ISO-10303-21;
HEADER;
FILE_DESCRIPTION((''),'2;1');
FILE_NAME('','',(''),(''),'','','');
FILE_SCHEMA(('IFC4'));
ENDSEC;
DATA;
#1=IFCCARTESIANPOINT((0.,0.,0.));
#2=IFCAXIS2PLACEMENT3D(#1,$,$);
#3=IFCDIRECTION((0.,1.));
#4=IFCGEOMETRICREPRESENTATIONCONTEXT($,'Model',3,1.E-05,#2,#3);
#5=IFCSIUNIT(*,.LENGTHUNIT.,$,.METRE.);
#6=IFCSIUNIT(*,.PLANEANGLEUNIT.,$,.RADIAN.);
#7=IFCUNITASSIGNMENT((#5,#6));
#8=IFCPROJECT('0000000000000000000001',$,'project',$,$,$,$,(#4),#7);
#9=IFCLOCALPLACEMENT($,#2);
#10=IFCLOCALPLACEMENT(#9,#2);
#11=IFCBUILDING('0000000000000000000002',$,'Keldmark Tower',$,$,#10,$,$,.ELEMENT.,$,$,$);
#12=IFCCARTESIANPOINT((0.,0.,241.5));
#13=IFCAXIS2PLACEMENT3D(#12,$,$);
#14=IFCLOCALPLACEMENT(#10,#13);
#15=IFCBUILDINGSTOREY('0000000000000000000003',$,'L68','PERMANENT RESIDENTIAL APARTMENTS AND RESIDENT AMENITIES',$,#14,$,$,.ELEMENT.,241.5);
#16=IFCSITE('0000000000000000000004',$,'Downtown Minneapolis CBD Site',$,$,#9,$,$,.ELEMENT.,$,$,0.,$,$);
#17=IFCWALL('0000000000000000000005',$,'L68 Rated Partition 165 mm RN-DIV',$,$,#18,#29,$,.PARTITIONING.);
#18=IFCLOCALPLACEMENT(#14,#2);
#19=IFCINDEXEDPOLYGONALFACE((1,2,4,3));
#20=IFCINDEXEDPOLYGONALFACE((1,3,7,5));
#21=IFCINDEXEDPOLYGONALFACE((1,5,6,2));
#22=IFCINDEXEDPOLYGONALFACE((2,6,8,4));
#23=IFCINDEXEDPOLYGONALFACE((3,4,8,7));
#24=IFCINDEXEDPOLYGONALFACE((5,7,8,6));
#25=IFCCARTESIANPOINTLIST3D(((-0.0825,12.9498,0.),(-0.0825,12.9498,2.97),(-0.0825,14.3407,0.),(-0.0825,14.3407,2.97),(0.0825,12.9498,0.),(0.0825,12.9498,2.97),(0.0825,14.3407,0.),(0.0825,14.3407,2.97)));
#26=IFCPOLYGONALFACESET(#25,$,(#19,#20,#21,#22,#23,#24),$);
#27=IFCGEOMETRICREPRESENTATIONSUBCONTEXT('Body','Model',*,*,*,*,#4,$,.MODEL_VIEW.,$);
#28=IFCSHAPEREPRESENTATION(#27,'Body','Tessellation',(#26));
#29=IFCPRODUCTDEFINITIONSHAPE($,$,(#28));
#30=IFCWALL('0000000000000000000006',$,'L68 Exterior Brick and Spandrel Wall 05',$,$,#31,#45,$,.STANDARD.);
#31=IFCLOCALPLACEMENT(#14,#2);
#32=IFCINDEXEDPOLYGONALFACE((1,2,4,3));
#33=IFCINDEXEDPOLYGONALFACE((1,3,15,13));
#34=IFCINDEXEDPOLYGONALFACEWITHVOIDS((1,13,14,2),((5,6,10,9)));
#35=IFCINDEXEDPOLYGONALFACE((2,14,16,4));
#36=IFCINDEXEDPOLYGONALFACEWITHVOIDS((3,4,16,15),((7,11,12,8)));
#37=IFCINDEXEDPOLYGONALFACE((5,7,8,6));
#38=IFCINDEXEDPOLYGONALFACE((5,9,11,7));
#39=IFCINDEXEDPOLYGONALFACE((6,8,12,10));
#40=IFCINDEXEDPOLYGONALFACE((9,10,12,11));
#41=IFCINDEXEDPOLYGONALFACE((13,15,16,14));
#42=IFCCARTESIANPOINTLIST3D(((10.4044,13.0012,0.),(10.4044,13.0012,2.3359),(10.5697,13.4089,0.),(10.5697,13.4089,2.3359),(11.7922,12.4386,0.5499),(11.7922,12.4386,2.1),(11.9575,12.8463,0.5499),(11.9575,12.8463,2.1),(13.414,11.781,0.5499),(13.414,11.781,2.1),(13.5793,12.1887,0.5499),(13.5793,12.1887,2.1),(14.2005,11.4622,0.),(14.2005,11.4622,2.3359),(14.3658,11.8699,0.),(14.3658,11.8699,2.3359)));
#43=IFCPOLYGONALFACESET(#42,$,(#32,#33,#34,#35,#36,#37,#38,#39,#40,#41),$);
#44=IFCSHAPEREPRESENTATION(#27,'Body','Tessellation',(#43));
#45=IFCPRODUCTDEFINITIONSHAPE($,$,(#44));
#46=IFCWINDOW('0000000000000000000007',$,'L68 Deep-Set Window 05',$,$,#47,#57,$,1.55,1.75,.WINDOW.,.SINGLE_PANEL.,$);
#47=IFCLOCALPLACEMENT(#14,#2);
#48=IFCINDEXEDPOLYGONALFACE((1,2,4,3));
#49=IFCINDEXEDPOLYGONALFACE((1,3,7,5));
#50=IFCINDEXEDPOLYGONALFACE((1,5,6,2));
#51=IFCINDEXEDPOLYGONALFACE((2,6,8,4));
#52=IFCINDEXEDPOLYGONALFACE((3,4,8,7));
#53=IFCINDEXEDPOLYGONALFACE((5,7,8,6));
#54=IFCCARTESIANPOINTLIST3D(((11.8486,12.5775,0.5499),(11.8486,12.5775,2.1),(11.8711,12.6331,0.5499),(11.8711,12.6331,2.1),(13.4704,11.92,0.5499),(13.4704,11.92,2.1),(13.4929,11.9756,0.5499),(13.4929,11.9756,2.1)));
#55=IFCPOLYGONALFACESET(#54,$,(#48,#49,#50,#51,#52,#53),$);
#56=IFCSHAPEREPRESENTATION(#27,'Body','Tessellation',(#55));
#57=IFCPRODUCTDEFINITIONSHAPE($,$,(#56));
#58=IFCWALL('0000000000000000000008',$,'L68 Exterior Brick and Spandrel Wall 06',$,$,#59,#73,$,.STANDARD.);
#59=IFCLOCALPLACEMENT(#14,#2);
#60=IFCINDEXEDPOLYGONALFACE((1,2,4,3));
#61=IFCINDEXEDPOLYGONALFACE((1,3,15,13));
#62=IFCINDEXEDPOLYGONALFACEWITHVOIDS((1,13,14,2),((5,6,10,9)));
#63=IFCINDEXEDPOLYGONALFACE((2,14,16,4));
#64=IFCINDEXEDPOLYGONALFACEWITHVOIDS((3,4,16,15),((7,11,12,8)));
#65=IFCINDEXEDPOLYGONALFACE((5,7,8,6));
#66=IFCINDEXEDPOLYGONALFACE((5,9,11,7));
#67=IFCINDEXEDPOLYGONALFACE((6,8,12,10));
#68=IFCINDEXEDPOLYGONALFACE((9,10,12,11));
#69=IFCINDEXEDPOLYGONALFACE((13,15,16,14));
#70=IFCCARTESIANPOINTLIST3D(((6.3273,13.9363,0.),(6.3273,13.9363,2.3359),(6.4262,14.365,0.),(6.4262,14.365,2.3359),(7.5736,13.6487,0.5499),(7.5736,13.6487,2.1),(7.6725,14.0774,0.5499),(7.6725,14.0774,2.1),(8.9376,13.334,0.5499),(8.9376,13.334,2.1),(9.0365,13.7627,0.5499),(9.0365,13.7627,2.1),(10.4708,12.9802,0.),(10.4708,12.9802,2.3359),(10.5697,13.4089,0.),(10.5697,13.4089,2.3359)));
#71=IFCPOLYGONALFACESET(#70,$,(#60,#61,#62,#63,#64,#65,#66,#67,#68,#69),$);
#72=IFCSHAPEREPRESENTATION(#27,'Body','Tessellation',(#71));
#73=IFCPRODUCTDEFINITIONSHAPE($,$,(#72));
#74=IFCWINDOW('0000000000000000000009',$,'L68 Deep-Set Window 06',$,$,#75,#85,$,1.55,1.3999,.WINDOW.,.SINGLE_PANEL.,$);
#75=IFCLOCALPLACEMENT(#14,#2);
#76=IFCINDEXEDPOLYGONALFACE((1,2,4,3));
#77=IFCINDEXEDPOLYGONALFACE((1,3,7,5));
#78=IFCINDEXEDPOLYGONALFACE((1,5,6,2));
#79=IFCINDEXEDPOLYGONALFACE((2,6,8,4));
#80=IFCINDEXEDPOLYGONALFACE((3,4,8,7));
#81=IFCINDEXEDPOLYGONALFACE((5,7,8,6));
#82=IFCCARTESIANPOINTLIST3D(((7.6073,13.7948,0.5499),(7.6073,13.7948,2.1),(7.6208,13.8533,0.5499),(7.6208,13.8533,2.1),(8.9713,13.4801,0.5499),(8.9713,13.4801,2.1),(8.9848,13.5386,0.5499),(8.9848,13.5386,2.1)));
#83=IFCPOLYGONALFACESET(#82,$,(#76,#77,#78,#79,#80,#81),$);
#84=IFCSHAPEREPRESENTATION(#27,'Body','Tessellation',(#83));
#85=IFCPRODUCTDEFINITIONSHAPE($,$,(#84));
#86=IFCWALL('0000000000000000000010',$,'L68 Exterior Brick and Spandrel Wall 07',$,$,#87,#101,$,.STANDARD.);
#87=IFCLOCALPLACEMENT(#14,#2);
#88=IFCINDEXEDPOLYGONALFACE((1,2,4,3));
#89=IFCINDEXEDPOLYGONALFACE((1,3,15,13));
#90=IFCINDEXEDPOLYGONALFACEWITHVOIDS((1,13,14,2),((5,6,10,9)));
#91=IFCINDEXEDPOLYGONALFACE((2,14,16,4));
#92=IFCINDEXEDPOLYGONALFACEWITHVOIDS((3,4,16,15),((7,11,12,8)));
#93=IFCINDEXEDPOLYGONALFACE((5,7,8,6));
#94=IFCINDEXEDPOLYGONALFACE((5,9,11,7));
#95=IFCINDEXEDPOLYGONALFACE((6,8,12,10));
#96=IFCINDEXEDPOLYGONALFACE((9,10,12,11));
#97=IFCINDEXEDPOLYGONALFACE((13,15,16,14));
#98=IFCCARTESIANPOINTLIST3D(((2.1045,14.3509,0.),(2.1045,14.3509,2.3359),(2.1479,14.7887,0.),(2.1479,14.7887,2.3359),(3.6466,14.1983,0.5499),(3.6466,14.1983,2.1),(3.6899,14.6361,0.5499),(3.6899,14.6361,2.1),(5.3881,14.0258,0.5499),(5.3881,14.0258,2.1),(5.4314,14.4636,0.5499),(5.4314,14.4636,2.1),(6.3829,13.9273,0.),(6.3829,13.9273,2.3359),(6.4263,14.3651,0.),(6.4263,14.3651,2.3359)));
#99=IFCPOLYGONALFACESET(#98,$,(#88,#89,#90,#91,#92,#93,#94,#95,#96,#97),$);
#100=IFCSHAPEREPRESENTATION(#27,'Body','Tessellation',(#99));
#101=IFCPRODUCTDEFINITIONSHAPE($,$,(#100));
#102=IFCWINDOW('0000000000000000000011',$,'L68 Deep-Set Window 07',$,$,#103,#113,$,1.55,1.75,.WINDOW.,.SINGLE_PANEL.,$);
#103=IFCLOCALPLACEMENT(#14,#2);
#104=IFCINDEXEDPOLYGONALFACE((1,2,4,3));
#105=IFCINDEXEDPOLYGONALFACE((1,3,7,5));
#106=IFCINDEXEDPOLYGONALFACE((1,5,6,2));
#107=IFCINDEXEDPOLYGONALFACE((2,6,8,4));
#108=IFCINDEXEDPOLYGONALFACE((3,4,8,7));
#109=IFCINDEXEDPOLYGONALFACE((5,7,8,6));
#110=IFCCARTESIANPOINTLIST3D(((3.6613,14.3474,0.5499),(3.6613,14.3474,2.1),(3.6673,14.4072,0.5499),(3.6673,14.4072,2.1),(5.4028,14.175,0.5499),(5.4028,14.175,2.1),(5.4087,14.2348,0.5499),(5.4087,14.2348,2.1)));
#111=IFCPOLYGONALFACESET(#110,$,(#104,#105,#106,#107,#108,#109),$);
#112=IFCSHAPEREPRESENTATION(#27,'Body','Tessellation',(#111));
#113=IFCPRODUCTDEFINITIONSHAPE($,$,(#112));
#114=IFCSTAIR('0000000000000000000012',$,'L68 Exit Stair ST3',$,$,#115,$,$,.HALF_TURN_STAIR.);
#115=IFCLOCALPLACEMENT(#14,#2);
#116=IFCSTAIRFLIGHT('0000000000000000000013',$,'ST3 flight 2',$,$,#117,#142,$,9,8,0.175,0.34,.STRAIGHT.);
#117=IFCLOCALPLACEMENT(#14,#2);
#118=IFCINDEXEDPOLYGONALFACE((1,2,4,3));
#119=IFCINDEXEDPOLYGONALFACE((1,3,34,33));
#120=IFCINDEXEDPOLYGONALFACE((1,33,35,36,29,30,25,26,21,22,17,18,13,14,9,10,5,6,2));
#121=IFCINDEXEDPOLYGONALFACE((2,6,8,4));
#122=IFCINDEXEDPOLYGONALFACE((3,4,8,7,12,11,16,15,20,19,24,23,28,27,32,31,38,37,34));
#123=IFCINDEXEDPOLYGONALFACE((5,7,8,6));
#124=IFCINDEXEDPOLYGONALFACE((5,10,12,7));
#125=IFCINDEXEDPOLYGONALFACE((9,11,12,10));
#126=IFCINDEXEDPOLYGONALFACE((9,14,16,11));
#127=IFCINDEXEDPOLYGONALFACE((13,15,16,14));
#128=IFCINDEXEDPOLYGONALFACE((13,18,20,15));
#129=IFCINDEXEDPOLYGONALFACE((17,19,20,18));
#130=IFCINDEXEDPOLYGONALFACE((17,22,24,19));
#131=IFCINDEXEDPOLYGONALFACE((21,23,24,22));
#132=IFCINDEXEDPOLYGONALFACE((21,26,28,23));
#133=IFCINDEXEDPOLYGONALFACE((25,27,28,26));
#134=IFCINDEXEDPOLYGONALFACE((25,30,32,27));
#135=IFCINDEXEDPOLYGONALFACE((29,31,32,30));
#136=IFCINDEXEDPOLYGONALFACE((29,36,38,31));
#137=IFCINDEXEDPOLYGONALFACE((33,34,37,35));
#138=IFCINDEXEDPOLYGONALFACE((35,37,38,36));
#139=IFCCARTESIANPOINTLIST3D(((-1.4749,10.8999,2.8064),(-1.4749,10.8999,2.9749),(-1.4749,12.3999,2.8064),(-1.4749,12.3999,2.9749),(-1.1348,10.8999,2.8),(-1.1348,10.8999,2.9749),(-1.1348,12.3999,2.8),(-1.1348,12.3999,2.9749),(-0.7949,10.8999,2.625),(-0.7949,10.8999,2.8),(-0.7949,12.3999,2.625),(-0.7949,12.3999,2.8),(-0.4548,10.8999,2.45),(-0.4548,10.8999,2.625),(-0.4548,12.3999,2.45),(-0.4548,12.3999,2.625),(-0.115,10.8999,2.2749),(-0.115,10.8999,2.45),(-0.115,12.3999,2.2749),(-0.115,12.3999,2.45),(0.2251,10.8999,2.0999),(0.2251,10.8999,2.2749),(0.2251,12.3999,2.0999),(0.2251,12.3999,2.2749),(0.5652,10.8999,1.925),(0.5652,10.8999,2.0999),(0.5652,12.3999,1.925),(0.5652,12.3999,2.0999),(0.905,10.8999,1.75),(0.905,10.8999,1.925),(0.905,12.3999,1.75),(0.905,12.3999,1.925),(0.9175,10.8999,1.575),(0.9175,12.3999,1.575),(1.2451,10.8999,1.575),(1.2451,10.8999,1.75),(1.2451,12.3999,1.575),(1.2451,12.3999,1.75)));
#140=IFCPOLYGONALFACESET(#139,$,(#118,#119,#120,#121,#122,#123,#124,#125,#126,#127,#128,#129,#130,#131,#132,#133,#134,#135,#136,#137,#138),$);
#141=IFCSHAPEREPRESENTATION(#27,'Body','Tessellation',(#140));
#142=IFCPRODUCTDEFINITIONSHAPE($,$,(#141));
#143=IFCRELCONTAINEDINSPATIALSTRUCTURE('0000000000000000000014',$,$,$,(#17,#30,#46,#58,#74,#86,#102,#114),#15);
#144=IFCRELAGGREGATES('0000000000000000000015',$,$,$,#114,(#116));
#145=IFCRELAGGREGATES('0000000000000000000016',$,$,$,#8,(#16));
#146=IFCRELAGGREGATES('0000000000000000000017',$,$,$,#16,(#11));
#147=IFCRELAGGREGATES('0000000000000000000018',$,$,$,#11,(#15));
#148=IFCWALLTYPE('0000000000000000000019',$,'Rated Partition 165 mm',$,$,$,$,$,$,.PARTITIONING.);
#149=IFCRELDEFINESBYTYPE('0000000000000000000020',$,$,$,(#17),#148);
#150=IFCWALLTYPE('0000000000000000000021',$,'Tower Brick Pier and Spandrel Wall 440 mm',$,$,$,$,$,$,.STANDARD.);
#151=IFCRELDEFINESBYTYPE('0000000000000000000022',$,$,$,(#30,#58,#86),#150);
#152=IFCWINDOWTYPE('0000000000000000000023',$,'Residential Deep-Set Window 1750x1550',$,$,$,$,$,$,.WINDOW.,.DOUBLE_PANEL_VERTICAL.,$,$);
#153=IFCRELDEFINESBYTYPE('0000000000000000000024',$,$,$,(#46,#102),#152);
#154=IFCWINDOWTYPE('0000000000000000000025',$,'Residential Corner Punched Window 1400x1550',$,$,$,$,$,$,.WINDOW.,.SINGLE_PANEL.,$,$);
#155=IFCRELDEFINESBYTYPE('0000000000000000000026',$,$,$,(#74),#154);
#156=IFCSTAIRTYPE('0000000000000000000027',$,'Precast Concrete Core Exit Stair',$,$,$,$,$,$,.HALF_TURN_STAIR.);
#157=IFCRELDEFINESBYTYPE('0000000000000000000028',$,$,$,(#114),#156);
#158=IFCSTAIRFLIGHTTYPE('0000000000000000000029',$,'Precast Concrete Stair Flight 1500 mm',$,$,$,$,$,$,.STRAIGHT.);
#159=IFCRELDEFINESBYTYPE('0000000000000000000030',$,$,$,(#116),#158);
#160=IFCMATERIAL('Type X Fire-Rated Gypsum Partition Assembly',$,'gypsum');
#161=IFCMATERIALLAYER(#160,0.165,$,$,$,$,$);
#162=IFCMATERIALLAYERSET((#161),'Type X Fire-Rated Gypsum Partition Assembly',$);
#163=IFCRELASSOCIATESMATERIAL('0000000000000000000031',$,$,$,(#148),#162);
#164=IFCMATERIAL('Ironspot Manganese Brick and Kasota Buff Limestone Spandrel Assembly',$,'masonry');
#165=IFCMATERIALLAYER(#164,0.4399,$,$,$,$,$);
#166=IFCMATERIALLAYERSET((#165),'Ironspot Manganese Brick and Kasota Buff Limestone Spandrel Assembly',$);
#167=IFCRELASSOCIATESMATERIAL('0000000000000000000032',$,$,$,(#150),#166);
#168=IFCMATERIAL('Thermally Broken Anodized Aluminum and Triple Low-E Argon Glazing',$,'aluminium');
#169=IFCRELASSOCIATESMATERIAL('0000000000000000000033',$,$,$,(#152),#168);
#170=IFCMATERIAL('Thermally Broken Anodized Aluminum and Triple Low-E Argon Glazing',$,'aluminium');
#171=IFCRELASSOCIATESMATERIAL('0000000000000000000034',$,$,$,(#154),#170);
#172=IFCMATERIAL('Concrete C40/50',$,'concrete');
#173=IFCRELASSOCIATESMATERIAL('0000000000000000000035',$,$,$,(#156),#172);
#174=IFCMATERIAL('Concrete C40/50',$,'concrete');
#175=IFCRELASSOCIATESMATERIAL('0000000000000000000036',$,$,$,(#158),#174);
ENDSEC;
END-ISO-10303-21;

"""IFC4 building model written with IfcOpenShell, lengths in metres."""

from ifc_helpers import new_model, si_unit, direction, frame, frame_2d, origin, place, context, subcontext, project, spatial, polyline, rectangle, outline, extrude, material, layer, layer_set, type_object, element, fill, aggregate, save


model = new_model("IFC4")

# Units and contexts
model_context = context("Model", 3, precision=1e-05, world=origin(), true_north=direction((0.0, 1.0)))
body_context = subcontext(model_context, "Body", "Model", "MODEL_VIEW")
ifc_project = project(units=[si_unit("LENGTHUNIT", "METRE"), si_unit("PLANEANGLEUNIT", "RADIAN")], contexts=[model_context])

# Site, building, storey
site_placement = place(None, origin())
site = spatial("IfcSite", under=ifc_project, at=site_placement, Name="Downtown Minneapolis CBD Site", CompositionType="ELEMENT", RefElevation=0.0)
building_placement = place(site_placement, origin())
building = spatial("IfcBuilding", under=site, at=building_placement, Name="Keldmark Tower", CompositionType="ELEMENT")
storey_placement = place(building_placement, frame((0.0, 0.0, 241.5)))
storey = spatial("IfcBuildingStorey", under=building, at=storey_placement, Name="L68", Description="PERMANENT RESIDENTIAL APARTMENTS AND RESIDENT AMENITIES", CompositionType="ELEMENT", Elevation=241.5)

# Wall
ifc_material_1 = material(Name="Type X Fire-Rated Gypsum Partition Assembly", Category="gypsum")
ifc_layer_1 = layer(ifc_material_1, 0.165)
ifc_layer_set_1 = layer_set([ifc_layer_1], Name="Type X Fire-Rated Gypsum Partition Assembly")
wall_type_1 = type_object("IfcWallType", Name="Rated Partition 165 mm", PredefinedType="PARTITIONING", material=ifc_layer_set_1)
wall_1_placement = place(storey_placement, frame((0.0, 12.95, 0.0), z_axis=(0.0, 0.0, 1.0), x_axis=(0.0, 1.0, 0.0)))
element("IfcWall", 1, at=wall_1_placement, inside=storey, type_object=wall_type_1, Name="L68 Rated Partition 165 mm RN-DIV", PredefinedType="PARTITIONING", context=body_context, shape_type="SweptSolid", body=[
    extrude(rectangle(XDim=1.3909, YDim=0.165, at=frame_2d((0.6953, 0.0))), origin(), (0.0, 0.0, 1.0), 2.97),
])

# Walls, openings, windows
ifc_material_2 = material(Name="Ironspot Manganese Brick and Kasota Buff Limestone Spandrel Assembly", Category="masonry")
ifc_layer_2 = layer(ifc_material_2, 0.4399)
ifc_layer_set_2 = layer_set([ifc_layer_2], Name="Ironspot Manganese Brick and Kasota Buff Limestone Spandrel Assembly")
wall_type_2 = type_object("IfcWallType", Name="Tower Brick Pier and Spandrel Wall 440 mm", PredefinedType="STANDARD", material=ifc_layer_set_2)
wall_2_placement = place(storey_placement, frame((10.4871, 13.2051, 0.0), z_axis=(0.0, 0.0, 1.0), x_axis=(0.926732, -0.375723, 0.0)))
wall_2 = element("IfcWall", 2, at=wall_2_placement, inside=storey, type_object=wall_type_2, Name="L68 Exterior Brick and Spandrel Wall 05", PredefinedType="STANDARD", context=body_context, shape_type="SweptSolid", body=[
    extrude(rectangle(XDim=4.0962, YDim=0.4399, at=frame_2d((2.0481, 0.0))), origin(), (0.0, 0.0, 1.0), 2.3359),
])
opening_1_placement = place(wall_2_placement, frame((1.4976, 0.0, 0.55)))
opening_1 = element("IfcOpeningElement", 3, at=opening_1_placement, cuts=wall_2, PredefinedType="OPENING", context=body_context, shape_type="SweptSolid", body=[
    extrude(rectangle(XDim=1.75, YDim=1.55, at=frame_2d((0.875, 0.7749))), frame((0.0, 0.23, 0.0), z_axis=(0.0, -1.0, 0.0), x_axis=(1.0, 0.0, 0.0)), (0.0, 0.0, 1.0), 0.46),
])
ifc_material_3 = material(Name="Thermally Broken Anodized Aluminum and Triple Low-E Argon Glazing", Category="aluminium")
window_type_1 = type_object("IfcWindowType", Name="Residential Deep-Set Window 1750x1550", PartitioningType="DOUBLE_PANEL_VERTICAL", PredefinedType="WINDOW", material=ifc_material_3)
window_1_placement = place(opening_1_placement, origin())
window_1 = element("IfcWindow", 4, at=window_1_placement, inside=storey, type_object=window_type_1, Name="L68 Deep-Set Window 05", OverallHeight=1.55, OverallWidth=1.75, PartitioningType="SINGLE_PANEL", PredefinedType="WINDOW", context=body_context, shape_type="SweptSolid", body=[
    extrude(rectangle(XDim=1.75, YDim=1.55, at=frame_2d((0.875, 0.7749))), frame((0.0, -0.01, 0.0), z_axis=(0.0, -1.0, 0.0), x_axis=(1.0, 0.0, 0.0)), (0.0, 0.0, 1.0), 0.0601),
])
fill(opening_1, window_1)
wall_3_placement = place(storey_placement, frame((6.3767, 14.1506, 0.0), z_axis=(0.0, 0.0, 1.0), x_axis=(0.974399, -0.224826, 0.0)))
wall_3 = element("IfcWall", 5, at=wall_3_placement, inside=storey, type_object=wall_type_2, Name="L68 Exterior Brick and Spandrel Wall 06", PredefinedType="STANDARD", context=body_context, shape_type="SweptSolid", body=[
    extrude(rectangle(XDim=4.2524, YDim=0.4399, at=frame_2d((2.1262, 0.0))), origin(), (0.0, 0.0, 1.0), 2.3359),
])
opening_2_placement = place(wall_3_placement, frame((1.2791, 0.0, 0.55)))
opening_2 = element("IfcOpeningElement", 6, at=opening_2_placement, cuts=wall_3, PredefinedType="OPENING", context=body_context, shape_type="SweptSolid", body=[
    extrude(rectangle(XDim=1.3999, YDim=1.55, at=frame_2d((0.7, 0.7749))), frame((0.0, 0.23, 0.0), z_axis=(0.0, -1.0, 0.0), x_axis=(1.0, 0.0, 0.0)), (0.0, 0.0, 1.0), 0.46),
])
ifc_material_4 = material(Name="Thermally Broken Anodized Aluminum and Triple Low-E Argon Glazing", Category="aluminium")
window_type_2 = type_object("IfcWindowType", Name="Residential Corner Punched Window 1400x1550", PartitioningType="SINGLE_PANEL", PredefinedType="WINDOW", material=ifc_material_4)
window_2_placement = place(opening_2_placement, origin())
window_2 = element("IfcWindow", 7, at=window_2_placement, inside=storey, type_object=window_type_2, Name="L68 Deep-Set Window 06", OverallHeight=1.55, OverallWidth=1.3999, PartitioningType="SINGLE_PANEL", PredefinedType="WINDOW", context=body_context, shape_type="SweptSolid", body=[
    extrude(rectangle(XDim=1.3999, YDim=1.55, at=frame_2d((0.7, 0.7749))), frame((0.0, -0.01, 0.0), z_axis=(0.0, -1.0, 0.0), x_axis=(1.0, 0.0, 0.0)), (0.0, 0.0, 1.0), 0.0601),
])
fill(opening_2, window_2)
wall_4_placement = place(storey_placement, frame((2.1262, 14.5698, 0.0), z_axis=(0.0, 0.0, 1.0), x_axis=(0.995135, -0.098525, 0.0)))
wall_4 = element("IfcWall", 8, at=wall_4_placement, inside=storey, type_object=wall_type_2, Name="L68 Exterior Brick and Spandrel Wall 07", PredefinedType="STANDARD", context=body_context, shape_type="SweptSolid", body=[
    extrude(rectangle(XDim=4.2993, YDim=0.4399, at=frame_2d((2.1497, 0.0))), origin(), (0.0, 0.0, 1.0), 2.3359),
])
opening_3_placement = place(wall_4_placement, frame((1.5496, 0.0, 0.55)))
opening_3 = element("IfcOpeningElement", 9, at=opening_3_placement, cuts=wall_4, PredefinedType="OPENING", context=body_context, shape_type="SweptSolid", body=[
    extrude(rectangle(XDim=1.75, YDim=1.55, at=frame_2d((0.875, 0.7749))), frame((0.0, 0.23, 0.0), z_axis=(0.0, -1.0, 0.0), x_axis=(1.0, 0.0, 0.0)), (0.0, 0.0, 1.0), 0.46),
])
window_3_placement = place(opening_3_placement, origin())
window_3 = element("IfcWindow", 10, at=window_3_placement, inside=storey, type_object=window_type_1, Name="L68 Deep-Set Window 07", OverallHeight=1.55, OverallWidth=1.75, PartitioningType="SINGLE_PANEL", PredefinedType="WINDOW", context=body_context, shape_type="SweptSolid", body=[
    extrude(rectangle(XDim=1.75, YDim=1.55, at=frame_2d((0.875, 0.7749))), frame((0.0, -0.01, 0.0), z_axis=(0.0, -1.0, 0.0), x_axis=(1.0, 0.0, 0.0)), (0.0, 0.0, 1.0), 0.0601),
])
fill(opening_3, window_3)

# Stair, stair flight
ifc_material_5 = material(Name="Concrete C40/50", Category="concrete")
stair_type = type_object("IfcStairType", Name="Precast Concrete Core Exit Stair", PredefinedType="HALF_TURN_STAIR", material=ifc_material_5)
stair_placement = place(storey_placement, origin())
stair = element("IfcStair", 11, at=stair_placement, inside=storey, type_object=stair_type, Name="L68 Exit Stair ST3", PredefinedType="HALF_TURN_STAIR")
ifc_material_6 = material(Name="Concrete C40/50", Category="concrete")
stair_flight_type = type_object("IfcStairFlightType", Name="Precast Concrete Stair Flight 1500 mm", PredefinedType="STRAIGHT", material=ifc_material_6)
stair_flight_placement = place(storey_placement, frame((1.2451, 11.6499, 1.575), z_axis=(0.0, 0.0, 1.0), x_axis=(-1.0, 0.0, 0.0)))
stair_flight = element("IfcStairFlight", 12, at=stair_flight_placement, type_object=stair_flight_type, Name="ST3 flight 2", NumberOfRisers=9, NumberOfTreads=8, PredefinedType="STRAIGHT", RiserHeight=0.175, TreadLength=0.34, context=body_context, shape_type="SweptSolid", body=[
    extrude(outline(polyline([(0.0, 0.0), (0.0, 0.175), (0.3401, 0.175), (0.3401, 0.3501), (0.6799, 0.3501), (0.6799, 0.5249), (1.02, 0.5249), (1.02, 0.7), (1.3601, 0.7), (1.3601, 0.875), (1.7, 0.875), (1.7, 1.05), (2.04, 1.05), (2.04, 1.2251), (2.3799, 1.2251), (2.3799, 1.3999), (2.72, 1.3999), (2.72, 1.575), (2.72, 1.2314), (0.3276, 0.0), (0.0, 0.0)])), frame((0.0, 0.75, 0.0), z_axis=(0.0, -1.0, 0.0), x_axis=(1.0, 0.0, 0.0)), (0.0, 0.0, 1.0), 1.5),
])
aggregate(stair, [stair_flight])

save(model, "model.ifc")
